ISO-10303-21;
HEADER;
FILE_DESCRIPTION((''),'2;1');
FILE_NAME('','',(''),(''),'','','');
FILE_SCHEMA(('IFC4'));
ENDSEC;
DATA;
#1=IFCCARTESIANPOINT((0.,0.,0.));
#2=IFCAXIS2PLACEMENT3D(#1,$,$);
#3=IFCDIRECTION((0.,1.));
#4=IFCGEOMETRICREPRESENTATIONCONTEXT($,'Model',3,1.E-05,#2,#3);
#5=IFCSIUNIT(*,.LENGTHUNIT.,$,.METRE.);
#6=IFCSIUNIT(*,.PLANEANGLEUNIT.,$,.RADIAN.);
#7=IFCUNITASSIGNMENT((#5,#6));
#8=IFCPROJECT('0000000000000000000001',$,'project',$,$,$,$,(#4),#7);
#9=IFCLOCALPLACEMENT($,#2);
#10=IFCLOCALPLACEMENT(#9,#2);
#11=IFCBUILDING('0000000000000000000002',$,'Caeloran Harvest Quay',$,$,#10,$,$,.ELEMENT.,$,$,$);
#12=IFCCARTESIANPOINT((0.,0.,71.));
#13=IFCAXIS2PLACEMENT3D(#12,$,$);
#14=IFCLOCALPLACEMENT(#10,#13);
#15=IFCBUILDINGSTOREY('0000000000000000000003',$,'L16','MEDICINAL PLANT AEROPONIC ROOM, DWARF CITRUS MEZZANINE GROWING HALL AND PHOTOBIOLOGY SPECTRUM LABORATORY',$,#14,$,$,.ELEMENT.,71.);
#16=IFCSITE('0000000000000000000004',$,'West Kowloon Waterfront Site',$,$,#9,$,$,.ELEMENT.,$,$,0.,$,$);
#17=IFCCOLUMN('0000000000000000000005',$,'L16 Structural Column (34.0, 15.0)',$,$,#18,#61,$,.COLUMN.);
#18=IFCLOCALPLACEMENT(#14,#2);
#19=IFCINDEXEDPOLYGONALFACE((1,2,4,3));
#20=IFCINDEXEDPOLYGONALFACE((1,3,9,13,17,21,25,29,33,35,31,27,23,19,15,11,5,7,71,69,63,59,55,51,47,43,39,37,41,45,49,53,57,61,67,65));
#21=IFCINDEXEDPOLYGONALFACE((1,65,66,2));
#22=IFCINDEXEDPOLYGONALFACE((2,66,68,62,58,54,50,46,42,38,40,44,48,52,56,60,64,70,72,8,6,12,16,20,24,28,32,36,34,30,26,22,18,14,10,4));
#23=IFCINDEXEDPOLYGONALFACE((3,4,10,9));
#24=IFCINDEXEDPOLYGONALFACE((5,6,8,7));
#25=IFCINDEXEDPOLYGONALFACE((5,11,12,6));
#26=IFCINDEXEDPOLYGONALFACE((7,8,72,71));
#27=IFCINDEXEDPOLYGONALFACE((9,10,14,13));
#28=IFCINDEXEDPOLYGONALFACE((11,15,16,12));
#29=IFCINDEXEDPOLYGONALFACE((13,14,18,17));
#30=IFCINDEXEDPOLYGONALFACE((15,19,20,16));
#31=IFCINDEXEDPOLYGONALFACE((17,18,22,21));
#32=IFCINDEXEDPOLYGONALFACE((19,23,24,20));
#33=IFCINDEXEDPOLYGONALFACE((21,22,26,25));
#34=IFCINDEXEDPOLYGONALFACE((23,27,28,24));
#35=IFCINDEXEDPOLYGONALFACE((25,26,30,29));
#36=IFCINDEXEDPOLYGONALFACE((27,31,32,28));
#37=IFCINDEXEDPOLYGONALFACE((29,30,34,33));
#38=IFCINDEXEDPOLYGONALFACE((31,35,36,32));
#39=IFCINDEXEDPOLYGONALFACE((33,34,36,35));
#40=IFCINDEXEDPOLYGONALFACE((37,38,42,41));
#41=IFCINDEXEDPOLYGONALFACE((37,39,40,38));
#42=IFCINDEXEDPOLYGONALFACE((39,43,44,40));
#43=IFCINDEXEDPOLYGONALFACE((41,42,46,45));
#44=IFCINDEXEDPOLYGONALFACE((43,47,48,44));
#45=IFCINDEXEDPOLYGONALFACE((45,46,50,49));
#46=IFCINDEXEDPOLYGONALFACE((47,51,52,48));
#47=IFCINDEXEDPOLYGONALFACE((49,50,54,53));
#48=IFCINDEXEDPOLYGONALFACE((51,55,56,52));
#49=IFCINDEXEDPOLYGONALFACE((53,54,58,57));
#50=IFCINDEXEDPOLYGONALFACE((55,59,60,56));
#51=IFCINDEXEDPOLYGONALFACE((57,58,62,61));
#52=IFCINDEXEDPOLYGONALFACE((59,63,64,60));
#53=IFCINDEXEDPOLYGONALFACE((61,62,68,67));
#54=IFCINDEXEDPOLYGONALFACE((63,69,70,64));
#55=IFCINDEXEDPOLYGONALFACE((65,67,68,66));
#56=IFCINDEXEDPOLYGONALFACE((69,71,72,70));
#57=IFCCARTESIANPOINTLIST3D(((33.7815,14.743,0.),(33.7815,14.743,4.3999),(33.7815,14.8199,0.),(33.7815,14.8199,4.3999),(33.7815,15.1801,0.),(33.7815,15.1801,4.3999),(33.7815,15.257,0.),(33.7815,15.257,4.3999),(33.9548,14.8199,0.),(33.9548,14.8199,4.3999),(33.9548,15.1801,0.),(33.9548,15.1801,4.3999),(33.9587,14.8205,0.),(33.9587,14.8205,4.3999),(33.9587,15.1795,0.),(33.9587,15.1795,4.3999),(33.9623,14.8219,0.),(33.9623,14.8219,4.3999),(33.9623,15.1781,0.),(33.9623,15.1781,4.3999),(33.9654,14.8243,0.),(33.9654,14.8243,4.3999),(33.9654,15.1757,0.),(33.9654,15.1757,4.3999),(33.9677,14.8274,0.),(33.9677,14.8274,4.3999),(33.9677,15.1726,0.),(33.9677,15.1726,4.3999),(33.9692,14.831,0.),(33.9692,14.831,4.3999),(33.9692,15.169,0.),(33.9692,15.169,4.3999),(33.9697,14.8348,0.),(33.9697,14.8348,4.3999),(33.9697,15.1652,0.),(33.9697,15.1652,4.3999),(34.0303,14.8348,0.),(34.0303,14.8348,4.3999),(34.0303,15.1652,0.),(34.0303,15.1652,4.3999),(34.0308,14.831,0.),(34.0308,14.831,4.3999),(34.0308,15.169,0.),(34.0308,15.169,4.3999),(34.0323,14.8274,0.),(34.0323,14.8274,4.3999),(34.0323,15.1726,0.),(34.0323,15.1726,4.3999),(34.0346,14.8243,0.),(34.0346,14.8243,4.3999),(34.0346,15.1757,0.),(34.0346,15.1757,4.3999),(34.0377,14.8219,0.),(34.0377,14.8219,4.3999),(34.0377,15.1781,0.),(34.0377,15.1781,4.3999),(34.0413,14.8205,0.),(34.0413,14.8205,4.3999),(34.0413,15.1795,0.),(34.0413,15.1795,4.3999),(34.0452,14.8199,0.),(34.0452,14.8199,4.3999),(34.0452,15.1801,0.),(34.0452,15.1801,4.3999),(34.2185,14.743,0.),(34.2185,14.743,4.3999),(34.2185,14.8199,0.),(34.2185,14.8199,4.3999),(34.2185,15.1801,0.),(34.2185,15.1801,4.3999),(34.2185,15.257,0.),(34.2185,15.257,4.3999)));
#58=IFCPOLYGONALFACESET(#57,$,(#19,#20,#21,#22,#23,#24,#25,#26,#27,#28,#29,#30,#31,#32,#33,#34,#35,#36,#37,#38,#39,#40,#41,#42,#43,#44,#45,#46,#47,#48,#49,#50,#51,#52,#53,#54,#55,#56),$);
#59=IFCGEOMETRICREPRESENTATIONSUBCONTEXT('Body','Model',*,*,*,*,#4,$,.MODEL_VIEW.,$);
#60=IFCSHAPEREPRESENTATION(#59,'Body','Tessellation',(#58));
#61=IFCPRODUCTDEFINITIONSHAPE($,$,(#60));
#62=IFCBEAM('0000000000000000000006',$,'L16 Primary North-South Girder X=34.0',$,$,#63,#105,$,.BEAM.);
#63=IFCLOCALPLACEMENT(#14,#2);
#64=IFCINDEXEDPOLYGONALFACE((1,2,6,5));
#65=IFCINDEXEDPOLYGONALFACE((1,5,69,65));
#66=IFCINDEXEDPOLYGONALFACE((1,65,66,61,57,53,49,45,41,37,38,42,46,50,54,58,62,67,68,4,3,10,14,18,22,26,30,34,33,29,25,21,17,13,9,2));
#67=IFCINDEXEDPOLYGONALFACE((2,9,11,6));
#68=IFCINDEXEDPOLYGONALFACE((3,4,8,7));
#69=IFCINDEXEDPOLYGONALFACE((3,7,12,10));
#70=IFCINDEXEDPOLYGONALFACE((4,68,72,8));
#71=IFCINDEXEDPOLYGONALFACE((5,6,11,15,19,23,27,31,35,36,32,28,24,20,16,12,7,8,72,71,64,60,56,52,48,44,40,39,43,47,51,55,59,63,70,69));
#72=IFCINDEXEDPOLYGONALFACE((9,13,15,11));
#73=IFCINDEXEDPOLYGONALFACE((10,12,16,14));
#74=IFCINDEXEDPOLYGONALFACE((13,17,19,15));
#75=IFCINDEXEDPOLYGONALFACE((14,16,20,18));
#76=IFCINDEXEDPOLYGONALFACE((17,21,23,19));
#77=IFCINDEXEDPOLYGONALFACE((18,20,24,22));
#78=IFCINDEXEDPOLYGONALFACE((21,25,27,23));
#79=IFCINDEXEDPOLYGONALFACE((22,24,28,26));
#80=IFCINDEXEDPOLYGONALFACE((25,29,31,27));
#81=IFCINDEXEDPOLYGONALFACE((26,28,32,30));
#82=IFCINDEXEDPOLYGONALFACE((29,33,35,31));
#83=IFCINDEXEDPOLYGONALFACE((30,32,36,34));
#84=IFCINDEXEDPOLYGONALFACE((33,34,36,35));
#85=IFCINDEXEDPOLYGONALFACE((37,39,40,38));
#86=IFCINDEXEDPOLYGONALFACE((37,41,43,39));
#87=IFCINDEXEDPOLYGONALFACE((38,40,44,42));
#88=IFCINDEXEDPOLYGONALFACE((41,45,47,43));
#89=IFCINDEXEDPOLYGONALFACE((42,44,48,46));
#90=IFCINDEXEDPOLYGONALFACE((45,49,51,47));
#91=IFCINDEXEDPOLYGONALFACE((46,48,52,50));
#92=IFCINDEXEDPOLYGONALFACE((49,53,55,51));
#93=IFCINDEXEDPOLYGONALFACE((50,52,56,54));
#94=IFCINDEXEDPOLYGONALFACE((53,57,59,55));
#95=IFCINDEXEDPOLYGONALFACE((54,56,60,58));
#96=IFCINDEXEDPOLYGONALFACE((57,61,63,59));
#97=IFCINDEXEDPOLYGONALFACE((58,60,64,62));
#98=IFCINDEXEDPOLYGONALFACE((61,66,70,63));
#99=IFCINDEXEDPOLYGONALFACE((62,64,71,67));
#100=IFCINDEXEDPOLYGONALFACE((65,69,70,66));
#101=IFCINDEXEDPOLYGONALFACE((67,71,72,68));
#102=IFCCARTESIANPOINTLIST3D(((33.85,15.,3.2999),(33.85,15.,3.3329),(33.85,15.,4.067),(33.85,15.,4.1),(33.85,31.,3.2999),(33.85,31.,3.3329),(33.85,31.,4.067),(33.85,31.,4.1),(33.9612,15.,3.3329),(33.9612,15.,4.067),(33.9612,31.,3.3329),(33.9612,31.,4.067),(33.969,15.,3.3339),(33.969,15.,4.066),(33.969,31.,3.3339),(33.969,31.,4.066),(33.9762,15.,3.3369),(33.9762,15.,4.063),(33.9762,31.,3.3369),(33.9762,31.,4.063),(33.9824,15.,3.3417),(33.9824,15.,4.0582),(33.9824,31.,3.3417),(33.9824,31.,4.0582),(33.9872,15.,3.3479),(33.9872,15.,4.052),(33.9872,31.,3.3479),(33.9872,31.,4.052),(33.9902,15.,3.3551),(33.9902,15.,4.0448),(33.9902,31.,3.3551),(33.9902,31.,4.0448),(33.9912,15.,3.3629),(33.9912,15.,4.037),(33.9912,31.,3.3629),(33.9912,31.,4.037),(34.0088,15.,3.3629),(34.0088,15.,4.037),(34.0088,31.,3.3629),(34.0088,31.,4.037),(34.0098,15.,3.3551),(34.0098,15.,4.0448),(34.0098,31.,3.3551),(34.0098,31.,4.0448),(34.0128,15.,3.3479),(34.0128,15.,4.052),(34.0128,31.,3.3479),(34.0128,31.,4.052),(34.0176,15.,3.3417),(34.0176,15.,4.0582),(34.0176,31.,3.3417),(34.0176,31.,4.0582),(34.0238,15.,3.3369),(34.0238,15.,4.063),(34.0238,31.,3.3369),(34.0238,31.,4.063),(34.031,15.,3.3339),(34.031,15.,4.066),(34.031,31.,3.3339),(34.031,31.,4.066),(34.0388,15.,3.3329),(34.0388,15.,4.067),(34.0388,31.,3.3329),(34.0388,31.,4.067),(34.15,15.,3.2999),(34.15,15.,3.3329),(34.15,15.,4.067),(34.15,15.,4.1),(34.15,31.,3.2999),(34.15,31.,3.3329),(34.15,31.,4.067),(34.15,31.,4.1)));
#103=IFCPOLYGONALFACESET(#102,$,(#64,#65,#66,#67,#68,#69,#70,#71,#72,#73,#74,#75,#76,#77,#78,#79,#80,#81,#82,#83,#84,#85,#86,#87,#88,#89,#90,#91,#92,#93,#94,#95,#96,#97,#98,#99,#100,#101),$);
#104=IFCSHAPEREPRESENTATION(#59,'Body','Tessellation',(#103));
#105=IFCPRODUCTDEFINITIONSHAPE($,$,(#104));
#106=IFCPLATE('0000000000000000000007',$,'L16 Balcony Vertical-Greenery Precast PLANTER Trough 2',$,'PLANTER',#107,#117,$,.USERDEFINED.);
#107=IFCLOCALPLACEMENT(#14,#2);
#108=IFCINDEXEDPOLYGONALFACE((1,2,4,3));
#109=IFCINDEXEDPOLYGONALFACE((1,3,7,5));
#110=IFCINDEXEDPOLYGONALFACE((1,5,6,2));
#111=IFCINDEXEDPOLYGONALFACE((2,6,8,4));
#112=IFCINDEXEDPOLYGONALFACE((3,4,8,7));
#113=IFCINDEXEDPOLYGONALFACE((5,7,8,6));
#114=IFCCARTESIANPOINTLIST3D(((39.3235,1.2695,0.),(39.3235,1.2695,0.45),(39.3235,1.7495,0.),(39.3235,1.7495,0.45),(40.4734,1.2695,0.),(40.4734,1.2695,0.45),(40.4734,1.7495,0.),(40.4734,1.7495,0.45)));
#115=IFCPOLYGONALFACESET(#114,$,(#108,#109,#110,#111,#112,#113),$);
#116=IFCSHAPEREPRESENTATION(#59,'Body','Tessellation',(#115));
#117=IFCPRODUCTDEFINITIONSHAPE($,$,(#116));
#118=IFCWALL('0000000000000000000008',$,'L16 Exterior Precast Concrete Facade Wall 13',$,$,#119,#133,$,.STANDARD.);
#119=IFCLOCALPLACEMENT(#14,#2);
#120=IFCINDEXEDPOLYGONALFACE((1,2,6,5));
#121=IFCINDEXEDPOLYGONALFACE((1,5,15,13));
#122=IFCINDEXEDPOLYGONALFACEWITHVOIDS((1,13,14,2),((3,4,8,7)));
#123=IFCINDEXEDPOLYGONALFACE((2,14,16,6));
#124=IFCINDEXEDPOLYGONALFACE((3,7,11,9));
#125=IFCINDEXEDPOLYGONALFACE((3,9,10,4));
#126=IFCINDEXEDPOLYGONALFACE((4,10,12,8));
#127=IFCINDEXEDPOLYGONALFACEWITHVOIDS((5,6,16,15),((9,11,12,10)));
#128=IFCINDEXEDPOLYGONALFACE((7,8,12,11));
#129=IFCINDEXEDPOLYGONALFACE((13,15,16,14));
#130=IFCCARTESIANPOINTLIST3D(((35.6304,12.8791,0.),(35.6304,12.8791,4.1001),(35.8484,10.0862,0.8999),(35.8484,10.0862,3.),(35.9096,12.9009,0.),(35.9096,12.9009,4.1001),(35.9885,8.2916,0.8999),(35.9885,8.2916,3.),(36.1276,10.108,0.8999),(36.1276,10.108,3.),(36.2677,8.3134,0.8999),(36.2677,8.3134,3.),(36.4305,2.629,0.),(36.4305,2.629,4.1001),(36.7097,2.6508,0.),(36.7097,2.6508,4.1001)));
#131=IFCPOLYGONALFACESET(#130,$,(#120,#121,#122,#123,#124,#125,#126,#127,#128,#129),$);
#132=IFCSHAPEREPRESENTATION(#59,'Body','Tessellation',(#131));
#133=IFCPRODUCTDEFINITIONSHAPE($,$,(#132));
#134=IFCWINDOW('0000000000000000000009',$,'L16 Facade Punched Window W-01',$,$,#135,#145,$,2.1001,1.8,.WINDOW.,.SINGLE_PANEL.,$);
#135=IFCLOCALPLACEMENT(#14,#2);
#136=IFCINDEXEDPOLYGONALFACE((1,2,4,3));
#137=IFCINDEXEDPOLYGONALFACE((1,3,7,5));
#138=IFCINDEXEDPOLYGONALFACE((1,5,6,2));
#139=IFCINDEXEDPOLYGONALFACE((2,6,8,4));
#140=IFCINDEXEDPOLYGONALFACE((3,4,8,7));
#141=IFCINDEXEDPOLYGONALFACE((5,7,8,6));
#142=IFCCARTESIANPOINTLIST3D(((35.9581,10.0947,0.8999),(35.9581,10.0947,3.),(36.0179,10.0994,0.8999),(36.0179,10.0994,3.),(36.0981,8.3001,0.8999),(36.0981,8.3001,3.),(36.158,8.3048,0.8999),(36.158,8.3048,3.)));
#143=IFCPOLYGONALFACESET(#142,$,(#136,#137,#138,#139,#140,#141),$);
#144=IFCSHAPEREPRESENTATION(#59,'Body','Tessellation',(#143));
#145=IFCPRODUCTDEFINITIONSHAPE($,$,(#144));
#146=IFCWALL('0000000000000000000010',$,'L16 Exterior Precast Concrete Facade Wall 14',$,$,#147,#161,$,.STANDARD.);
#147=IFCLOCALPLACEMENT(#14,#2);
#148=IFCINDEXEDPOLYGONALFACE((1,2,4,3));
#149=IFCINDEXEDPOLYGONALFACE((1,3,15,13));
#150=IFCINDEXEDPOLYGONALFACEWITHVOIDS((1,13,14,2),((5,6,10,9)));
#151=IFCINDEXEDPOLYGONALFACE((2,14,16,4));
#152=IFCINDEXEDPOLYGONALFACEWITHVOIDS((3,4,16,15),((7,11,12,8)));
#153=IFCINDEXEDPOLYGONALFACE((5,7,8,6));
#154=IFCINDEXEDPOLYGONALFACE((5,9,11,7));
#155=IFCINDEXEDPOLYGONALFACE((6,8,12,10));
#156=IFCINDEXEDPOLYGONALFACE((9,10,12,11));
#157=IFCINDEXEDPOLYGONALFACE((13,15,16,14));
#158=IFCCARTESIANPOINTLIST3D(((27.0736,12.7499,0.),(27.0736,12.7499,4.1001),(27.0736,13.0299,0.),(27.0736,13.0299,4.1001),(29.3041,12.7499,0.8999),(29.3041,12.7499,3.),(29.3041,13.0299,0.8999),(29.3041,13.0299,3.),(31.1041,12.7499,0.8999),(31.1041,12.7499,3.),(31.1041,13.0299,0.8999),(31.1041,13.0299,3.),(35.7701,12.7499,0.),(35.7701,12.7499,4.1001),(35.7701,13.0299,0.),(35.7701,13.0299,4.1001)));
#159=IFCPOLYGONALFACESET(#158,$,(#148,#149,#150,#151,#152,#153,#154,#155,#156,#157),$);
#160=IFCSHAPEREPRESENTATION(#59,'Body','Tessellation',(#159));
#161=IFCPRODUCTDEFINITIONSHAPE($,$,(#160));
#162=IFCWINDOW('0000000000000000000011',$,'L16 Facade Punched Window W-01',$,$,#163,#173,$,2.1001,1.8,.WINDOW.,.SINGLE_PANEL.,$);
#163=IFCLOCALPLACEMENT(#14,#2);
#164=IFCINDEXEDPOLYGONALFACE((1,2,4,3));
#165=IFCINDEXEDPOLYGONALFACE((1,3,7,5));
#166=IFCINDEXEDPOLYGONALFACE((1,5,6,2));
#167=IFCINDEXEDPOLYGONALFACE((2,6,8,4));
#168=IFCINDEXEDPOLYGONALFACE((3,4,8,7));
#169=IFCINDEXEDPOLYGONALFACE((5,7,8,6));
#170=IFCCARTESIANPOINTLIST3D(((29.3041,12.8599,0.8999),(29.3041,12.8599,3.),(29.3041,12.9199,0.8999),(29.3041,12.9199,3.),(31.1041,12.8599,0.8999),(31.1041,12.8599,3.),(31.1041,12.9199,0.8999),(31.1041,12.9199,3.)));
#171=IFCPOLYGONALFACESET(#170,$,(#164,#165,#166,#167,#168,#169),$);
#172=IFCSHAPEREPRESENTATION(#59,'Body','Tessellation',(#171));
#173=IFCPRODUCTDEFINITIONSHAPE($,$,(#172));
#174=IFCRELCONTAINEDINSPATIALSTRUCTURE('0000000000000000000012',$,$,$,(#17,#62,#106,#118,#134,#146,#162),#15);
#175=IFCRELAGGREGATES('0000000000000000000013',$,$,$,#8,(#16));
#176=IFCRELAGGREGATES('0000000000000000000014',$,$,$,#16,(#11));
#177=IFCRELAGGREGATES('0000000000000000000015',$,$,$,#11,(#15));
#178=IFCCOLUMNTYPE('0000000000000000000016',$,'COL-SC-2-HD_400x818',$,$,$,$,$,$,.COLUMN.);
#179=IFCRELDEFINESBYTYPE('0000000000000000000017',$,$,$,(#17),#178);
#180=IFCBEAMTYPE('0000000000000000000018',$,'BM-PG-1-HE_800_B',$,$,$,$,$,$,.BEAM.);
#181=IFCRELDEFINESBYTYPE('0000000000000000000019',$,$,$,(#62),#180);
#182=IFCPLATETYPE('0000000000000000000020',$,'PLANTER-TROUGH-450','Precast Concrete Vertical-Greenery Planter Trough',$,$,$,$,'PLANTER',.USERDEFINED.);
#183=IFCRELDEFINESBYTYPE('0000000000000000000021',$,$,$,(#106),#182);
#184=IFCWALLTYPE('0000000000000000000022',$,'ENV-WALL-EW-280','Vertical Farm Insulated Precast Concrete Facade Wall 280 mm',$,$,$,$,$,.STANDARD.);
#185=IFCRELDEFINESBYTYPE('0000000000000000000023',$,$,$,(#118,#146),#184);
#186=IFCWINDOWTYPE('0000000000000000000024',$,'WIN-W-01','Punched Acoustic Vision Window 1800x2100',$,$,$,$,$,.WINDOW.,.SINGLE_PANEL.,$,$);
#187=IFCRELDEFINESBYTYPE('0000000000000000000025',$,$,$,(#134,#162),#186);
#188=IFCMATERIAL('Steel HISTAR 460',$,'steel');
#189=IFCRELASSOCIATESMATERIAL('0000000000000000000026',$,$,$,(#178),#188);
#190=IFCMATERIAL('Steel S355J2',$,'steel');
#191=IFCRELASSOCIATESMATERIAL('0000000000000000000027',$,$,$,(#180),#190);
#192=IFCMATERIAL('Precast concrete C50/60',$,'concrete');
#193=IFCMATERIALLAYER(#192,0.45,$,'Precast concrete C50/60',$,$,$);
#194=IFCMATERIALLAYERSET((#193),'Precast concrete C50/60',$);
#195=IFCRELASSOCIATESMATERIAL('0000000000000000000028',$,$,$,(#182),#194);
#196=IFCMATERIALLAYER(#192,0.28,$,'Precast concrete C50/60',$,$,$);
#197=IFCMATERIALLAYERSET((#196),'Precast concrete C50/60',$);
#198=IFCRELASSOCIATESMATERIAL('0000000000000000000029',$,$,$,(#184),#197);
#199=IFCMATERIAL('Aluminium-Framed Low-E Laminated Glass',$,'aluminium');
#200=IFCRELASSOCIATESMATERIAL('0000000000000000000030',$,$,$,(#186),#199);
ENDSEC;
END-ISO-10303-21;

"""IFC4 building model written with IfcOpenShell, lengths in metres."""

from ifc_helpers import new_model, si_unit, direction, frame, frame_2d, origin, origin_2d, place, context, subcontext, project, spatial, rectangle, i_section, extrude, material, layer, layer_set, material_profile, profile_set, type_object, element, fill, save


model = new_model("IFC4")

# Units and contexts
model_context = context("Model", 3, precision=1e-05, world=origin(), true_north=direction((0.0, 1.0)))
body_context = subcontext(model_context, "Body", "Model", "MODEL_VIEW")
ifc_project = project(units=[si_unit("LENGTHUNIT", "METRE"), si_unit("PLANEANGLEUNIT", "RADIAN")], contexts=[model_context])

# Site, building, storey
site_placement = place(None, origin())
site = spatial("IfcSite", under=ifc_project, at=site_placement, Name="West Kowloon Waterfront Site", CompositionType="ELEMENT", RefElevation=0.0)
building_placement = place(site_placement, origin())
building = spatial("IfcBuilding", under=site, at=building_placement, Name="Caeloran Harvest Quay", CompositionType="ELEMENT")
storey_placement = place(building_placement, frame((0.0, 0.0, 71.0)))
storey = spatial("IfcBuildingStorey", under=building, at=storey_placement, Name="L16", Description="MEDICINAL PLANT AEROPONIC ROOM, DWARF CITRUS MEZZANINE GROWING HALL AND PHOTOBIOLOGY SPECTRUM LABORATORY", CompositionType="ELEMENT", Elevation=71.0)

# Column
ifc_material_1 = material(Name="Steel HISTAR 460", Category="steel")
ifc_material_profile_1 = material_profile(ifc_material_1, i_section(OverallWidth=0.437, OverallDepth=0.5139, WebThickness=0.0605, FlangeThickness=0.0769, FilletRadius=0.0149, at=origin_2d()), Name="HD 400x818")
ifc_profile_set_1 = profile_set([ifc_material_profile_1], Name="Steel HISTAR 460")
column_type = type_object("IfcColumnType", Name="COL-SC-2-HD_400x818", PredefinedType="COLUMN", material=ifc_profile_set_1)
column_placement = place(storey_placement, frame((34.0, 15.0, 0.0), z_axis=(0.0, 0.0, 1.0), x_axis=(1.0, 0.0, 0.0)))
element("IfcColumn", 1, at=column_placement, inside=storey, type_object=column_type, Name="L16 Structural Column (34.0, 15.0)", PredefinedType="COLUMN", context=body_context, shape_type="SweptSolid", body=[
    extrude(i_section(OverallWidth=0.437, OverallDepth=0.5139, WebThickness=0.0605, FlangeThickness=0.0769, FilletRadius=0.0149, at=origin_2d()), origin(), (0.0, 0.0, 1.0), 4.3999),
])

# Beam
ifc_material_2 = material(Name="Steel S355J2", Category="steel")
ifc_material_profile_2 = material_profile(ifc_material_2, i_section(OverallWidth=0.3, OverallDepth=0.8, WebThickness=0.0176, FlangeThickness=0.033, FilletRadius=0.03, at=origin_2d()), Name="HE 800 B")
ifc_profile_set_2 = profile_set([ifc_material_profile_2], Name="Steel S355J2")
beam_type = type_object("IfcBeamType", Name="BM-PG-1-HE_800_B", PredefinedType="BEAM", material=ifc_profile_set_2)
beam_placement = place(storey_placement, frame((34.0, 15.0, 3.7), z_axis=(0.0, 1.0, 0.0), x_axis=(-1.0, 0.0, 0.0)))
element("IfcBeam", 2, at=beam_placement, inside=storey, type_object=beam_type, Name="L16 Primary North-South Girder X=34.0", PredefinedType="BEAM", context=body_context, shape_type="SweptSolid", body=[
    extrude(i_section(OverallWidth=0.3, OverallDepth=0.8, WebThickness=0.0176, FlangeThickness=0.033, FilletRadius=0.03, at=origin_2d()), origin(), (0.0, 0.0, 1.0), 16.0),
])

# Plate
ifc_material_3 = material(Name="Precast concrete C50/60", Category="concrete")
ifc_layer_1 = layer(ifc_material_3, 0.45, Name="Precast concrete C50/60")
ifc_layer_set_1 = layer_set([ifc_layer_1], Name="Precast concrete C50/60")
plate_type = type_object("IfcPlateType", Name="PLANTER-TROUGH-450", Description="Precast Concrete Vertical-Greenery Planter Trough", ElementType="PLANTER", PredefinedType="USERDEFINED", material=ifc_layer_set_1)
plate_placement = place(storey_placement, frame((39.8984, 1.5095, 0.0), z_axis=(0.0, 0.0, 1.0), x_axis=(1.0, 0.0, 0.0)))
element("IfcPlate", 3, at=plate_placement, inside=storey, type_object=plate_type, Name="L16 Balcony Vertical-Greenery Precast PLANTER Trough 2", ObjectType="PLANTER", PredefinedType="USERDEFINED", context=body_context, shape_type="SweptSolid", body=[
    extrude(rectangle(XDim=1.1499, YDim=0.48, at=origin_2d()), origin(), (0.0, 0.0, 1.0), 0.45),
])

# Walls, openings, windows
ifc_layer_2 = layer(ifc_material_3, 0.28, Name="Precast concrete C50/60")
ifc_layer_set_2 = layer_set([ifc_layer_2], Name="Precast concrete C50/60")
wall_type_1 = type_object("IfcWallType", Name="ENV-WALL-EW-280", Description="Vertical Farm Insulated Precast Concrete Facade Wall 280 mm", PredefinedType="STANDARD", material=ifc_layer_set_2)
wall_1_placement = place(storey_placement, frame((36.5701, 2.6399, 0.0), z_axis=(0.0, 0.0, 1.0), x_axis=(-0.077817, 0.996968, 0.0)))
wall_1 = element("IfcWall", 4, at=wall_1_placement, inside=storey, type_object=wall_type_1, Name="L16 Exterior Precast Concrete Facade Wall 13", PredefinedType="STANDARD", context=body_context, shape_type="SweptSolid", body=[
    extrude(rectangle(XDim=10.2812, YDim=0.28, at=frame_2d((5.1406, 0.0))), origin(), (0.0, 0.0, 1.0), 4.1001),
])
opening_1_placement = place(wall_1_placement, frame((5.6799, 0.0, 0.8999)))
opening_1 = element("IfcOpeningElement", 5, at=opening_1_placement, cuts=wall_1, PredefinedType="OPENING", context=body_context, shape_type="SweptSolid", body=[
    extrude(rectangle(XDim=1.8, YDim=2.1001, at=frame_2d((0.8999, 1.05))), frame((0.0, 0.1499, 0.0), z_axis=(0.0, -1.0, 0.0), x_axis=(1.0, 0.0, 0.0)), (0.0, 0.0, 1.0), 0.3),
])
ifc_material_4 = material(Name="Aluminium-Framed Low-E Laminated Glass", Category="aluminium")
window_type = type_object("IfcWindowType", Name="WIN-W-01", Description="Punched Acoustic Vision Window 1800x2100", PartitioningType="SINGLE_PANEL", PredefinedType="WINDOW", material=ifc_material_4)
window_1_placement = place(opening_1_placement, origin())
window_1 = element("IfcWindow", 6, at=window_1_placement, inside=storey, type_object=window_type, Name="L16 Facade Punched Window W-01", OverallHeight=2.1001, OverallWidth=1.8, PartitioningType="SINGLE_PANEL", PredefinedType="WINDOW", context=body_context, shape_type="SweptSolid", body=[
    extrude(rectangle(XDim=1.8, YDim=2.1001, at=frame_2d((0.8999, 1.05))), frame((0.0, 0.03, 0.0), z_axis=(0.0, -1.0, 0.0), x_axis=(1.0, 0.0, 0.0)), (0.0, 0.0, 1.0), 0.0601),
])
fill(opening_1, window_1)
wall_2_placement = place(storey_placement, frame((35.77, 12.8899, 0.0), z_axis=(0.0, 0.0, 1.0), x_axis=(-1.0, 0.0, 0.0)))
wall_2 = element("IfcWall", 7, at=wall_2_placement, inside=storey, type_object=wall_type_1, Name="L16 Exterior Precast Concrete Facade Wall 14", PredefinedType="STANDARD", context=body_context, shape_type="SweptSolid", body=[
    extrude(rectangle(XDim=8.6965, YDim=0.28, at=frame_2d((4.3481, 0.0))), origin(), (0.0, 0.0, 1.0), 4.1001),
])
opening_2_placement = place(wall_2_placement, frame((4.666, 0.0, 0.8999)))
opening_2 = element("IfcOpeningElement", 8, at=opening_2_placement, cuts=wall_2, PredefinedType="OPENING", context=body_context, shape_type="SweptSolid", body=[
    extrude(rectangle(XDim=1.8, YDim=2.1001, at=frame_2d((0.8999, 1.05))), frame((0.0, 0.1499, 0.0), z_axis=(0.0, -1.0, 0.0), x_axis=(1.0, 0.0, 0.0)), (0.0, 0.0, 1.0), 0.3),
])
window_2_placement = place(opening_2_placement, origin())
window_2 = element("IfcWindow", 9, at=window_2_placement, inside=storey, type_object=window_type, Name="L16 Facade Punched Window W-01", OverallHeight=2.1001, OverallWidth=1.8, PartitioningType="SINGLE_PANEL", PredefinedType="WINDOW", context=body_context, shape_type="SweptSolid", body=[
    extrude(rectangle(XDim=1.8, YDim=2.1001, at=frame_2d((0.8999, 1.05))), frame((0.0, 0.03, 0.0), z_axis=(0.0, -1.0, 0.0), x_axis=(1.0, 0.0, 0.0)), (0.0, 0.0, 1.0), 0.0601),
])
fill(opening_2, window_2)

save(model, "model.ifc")
